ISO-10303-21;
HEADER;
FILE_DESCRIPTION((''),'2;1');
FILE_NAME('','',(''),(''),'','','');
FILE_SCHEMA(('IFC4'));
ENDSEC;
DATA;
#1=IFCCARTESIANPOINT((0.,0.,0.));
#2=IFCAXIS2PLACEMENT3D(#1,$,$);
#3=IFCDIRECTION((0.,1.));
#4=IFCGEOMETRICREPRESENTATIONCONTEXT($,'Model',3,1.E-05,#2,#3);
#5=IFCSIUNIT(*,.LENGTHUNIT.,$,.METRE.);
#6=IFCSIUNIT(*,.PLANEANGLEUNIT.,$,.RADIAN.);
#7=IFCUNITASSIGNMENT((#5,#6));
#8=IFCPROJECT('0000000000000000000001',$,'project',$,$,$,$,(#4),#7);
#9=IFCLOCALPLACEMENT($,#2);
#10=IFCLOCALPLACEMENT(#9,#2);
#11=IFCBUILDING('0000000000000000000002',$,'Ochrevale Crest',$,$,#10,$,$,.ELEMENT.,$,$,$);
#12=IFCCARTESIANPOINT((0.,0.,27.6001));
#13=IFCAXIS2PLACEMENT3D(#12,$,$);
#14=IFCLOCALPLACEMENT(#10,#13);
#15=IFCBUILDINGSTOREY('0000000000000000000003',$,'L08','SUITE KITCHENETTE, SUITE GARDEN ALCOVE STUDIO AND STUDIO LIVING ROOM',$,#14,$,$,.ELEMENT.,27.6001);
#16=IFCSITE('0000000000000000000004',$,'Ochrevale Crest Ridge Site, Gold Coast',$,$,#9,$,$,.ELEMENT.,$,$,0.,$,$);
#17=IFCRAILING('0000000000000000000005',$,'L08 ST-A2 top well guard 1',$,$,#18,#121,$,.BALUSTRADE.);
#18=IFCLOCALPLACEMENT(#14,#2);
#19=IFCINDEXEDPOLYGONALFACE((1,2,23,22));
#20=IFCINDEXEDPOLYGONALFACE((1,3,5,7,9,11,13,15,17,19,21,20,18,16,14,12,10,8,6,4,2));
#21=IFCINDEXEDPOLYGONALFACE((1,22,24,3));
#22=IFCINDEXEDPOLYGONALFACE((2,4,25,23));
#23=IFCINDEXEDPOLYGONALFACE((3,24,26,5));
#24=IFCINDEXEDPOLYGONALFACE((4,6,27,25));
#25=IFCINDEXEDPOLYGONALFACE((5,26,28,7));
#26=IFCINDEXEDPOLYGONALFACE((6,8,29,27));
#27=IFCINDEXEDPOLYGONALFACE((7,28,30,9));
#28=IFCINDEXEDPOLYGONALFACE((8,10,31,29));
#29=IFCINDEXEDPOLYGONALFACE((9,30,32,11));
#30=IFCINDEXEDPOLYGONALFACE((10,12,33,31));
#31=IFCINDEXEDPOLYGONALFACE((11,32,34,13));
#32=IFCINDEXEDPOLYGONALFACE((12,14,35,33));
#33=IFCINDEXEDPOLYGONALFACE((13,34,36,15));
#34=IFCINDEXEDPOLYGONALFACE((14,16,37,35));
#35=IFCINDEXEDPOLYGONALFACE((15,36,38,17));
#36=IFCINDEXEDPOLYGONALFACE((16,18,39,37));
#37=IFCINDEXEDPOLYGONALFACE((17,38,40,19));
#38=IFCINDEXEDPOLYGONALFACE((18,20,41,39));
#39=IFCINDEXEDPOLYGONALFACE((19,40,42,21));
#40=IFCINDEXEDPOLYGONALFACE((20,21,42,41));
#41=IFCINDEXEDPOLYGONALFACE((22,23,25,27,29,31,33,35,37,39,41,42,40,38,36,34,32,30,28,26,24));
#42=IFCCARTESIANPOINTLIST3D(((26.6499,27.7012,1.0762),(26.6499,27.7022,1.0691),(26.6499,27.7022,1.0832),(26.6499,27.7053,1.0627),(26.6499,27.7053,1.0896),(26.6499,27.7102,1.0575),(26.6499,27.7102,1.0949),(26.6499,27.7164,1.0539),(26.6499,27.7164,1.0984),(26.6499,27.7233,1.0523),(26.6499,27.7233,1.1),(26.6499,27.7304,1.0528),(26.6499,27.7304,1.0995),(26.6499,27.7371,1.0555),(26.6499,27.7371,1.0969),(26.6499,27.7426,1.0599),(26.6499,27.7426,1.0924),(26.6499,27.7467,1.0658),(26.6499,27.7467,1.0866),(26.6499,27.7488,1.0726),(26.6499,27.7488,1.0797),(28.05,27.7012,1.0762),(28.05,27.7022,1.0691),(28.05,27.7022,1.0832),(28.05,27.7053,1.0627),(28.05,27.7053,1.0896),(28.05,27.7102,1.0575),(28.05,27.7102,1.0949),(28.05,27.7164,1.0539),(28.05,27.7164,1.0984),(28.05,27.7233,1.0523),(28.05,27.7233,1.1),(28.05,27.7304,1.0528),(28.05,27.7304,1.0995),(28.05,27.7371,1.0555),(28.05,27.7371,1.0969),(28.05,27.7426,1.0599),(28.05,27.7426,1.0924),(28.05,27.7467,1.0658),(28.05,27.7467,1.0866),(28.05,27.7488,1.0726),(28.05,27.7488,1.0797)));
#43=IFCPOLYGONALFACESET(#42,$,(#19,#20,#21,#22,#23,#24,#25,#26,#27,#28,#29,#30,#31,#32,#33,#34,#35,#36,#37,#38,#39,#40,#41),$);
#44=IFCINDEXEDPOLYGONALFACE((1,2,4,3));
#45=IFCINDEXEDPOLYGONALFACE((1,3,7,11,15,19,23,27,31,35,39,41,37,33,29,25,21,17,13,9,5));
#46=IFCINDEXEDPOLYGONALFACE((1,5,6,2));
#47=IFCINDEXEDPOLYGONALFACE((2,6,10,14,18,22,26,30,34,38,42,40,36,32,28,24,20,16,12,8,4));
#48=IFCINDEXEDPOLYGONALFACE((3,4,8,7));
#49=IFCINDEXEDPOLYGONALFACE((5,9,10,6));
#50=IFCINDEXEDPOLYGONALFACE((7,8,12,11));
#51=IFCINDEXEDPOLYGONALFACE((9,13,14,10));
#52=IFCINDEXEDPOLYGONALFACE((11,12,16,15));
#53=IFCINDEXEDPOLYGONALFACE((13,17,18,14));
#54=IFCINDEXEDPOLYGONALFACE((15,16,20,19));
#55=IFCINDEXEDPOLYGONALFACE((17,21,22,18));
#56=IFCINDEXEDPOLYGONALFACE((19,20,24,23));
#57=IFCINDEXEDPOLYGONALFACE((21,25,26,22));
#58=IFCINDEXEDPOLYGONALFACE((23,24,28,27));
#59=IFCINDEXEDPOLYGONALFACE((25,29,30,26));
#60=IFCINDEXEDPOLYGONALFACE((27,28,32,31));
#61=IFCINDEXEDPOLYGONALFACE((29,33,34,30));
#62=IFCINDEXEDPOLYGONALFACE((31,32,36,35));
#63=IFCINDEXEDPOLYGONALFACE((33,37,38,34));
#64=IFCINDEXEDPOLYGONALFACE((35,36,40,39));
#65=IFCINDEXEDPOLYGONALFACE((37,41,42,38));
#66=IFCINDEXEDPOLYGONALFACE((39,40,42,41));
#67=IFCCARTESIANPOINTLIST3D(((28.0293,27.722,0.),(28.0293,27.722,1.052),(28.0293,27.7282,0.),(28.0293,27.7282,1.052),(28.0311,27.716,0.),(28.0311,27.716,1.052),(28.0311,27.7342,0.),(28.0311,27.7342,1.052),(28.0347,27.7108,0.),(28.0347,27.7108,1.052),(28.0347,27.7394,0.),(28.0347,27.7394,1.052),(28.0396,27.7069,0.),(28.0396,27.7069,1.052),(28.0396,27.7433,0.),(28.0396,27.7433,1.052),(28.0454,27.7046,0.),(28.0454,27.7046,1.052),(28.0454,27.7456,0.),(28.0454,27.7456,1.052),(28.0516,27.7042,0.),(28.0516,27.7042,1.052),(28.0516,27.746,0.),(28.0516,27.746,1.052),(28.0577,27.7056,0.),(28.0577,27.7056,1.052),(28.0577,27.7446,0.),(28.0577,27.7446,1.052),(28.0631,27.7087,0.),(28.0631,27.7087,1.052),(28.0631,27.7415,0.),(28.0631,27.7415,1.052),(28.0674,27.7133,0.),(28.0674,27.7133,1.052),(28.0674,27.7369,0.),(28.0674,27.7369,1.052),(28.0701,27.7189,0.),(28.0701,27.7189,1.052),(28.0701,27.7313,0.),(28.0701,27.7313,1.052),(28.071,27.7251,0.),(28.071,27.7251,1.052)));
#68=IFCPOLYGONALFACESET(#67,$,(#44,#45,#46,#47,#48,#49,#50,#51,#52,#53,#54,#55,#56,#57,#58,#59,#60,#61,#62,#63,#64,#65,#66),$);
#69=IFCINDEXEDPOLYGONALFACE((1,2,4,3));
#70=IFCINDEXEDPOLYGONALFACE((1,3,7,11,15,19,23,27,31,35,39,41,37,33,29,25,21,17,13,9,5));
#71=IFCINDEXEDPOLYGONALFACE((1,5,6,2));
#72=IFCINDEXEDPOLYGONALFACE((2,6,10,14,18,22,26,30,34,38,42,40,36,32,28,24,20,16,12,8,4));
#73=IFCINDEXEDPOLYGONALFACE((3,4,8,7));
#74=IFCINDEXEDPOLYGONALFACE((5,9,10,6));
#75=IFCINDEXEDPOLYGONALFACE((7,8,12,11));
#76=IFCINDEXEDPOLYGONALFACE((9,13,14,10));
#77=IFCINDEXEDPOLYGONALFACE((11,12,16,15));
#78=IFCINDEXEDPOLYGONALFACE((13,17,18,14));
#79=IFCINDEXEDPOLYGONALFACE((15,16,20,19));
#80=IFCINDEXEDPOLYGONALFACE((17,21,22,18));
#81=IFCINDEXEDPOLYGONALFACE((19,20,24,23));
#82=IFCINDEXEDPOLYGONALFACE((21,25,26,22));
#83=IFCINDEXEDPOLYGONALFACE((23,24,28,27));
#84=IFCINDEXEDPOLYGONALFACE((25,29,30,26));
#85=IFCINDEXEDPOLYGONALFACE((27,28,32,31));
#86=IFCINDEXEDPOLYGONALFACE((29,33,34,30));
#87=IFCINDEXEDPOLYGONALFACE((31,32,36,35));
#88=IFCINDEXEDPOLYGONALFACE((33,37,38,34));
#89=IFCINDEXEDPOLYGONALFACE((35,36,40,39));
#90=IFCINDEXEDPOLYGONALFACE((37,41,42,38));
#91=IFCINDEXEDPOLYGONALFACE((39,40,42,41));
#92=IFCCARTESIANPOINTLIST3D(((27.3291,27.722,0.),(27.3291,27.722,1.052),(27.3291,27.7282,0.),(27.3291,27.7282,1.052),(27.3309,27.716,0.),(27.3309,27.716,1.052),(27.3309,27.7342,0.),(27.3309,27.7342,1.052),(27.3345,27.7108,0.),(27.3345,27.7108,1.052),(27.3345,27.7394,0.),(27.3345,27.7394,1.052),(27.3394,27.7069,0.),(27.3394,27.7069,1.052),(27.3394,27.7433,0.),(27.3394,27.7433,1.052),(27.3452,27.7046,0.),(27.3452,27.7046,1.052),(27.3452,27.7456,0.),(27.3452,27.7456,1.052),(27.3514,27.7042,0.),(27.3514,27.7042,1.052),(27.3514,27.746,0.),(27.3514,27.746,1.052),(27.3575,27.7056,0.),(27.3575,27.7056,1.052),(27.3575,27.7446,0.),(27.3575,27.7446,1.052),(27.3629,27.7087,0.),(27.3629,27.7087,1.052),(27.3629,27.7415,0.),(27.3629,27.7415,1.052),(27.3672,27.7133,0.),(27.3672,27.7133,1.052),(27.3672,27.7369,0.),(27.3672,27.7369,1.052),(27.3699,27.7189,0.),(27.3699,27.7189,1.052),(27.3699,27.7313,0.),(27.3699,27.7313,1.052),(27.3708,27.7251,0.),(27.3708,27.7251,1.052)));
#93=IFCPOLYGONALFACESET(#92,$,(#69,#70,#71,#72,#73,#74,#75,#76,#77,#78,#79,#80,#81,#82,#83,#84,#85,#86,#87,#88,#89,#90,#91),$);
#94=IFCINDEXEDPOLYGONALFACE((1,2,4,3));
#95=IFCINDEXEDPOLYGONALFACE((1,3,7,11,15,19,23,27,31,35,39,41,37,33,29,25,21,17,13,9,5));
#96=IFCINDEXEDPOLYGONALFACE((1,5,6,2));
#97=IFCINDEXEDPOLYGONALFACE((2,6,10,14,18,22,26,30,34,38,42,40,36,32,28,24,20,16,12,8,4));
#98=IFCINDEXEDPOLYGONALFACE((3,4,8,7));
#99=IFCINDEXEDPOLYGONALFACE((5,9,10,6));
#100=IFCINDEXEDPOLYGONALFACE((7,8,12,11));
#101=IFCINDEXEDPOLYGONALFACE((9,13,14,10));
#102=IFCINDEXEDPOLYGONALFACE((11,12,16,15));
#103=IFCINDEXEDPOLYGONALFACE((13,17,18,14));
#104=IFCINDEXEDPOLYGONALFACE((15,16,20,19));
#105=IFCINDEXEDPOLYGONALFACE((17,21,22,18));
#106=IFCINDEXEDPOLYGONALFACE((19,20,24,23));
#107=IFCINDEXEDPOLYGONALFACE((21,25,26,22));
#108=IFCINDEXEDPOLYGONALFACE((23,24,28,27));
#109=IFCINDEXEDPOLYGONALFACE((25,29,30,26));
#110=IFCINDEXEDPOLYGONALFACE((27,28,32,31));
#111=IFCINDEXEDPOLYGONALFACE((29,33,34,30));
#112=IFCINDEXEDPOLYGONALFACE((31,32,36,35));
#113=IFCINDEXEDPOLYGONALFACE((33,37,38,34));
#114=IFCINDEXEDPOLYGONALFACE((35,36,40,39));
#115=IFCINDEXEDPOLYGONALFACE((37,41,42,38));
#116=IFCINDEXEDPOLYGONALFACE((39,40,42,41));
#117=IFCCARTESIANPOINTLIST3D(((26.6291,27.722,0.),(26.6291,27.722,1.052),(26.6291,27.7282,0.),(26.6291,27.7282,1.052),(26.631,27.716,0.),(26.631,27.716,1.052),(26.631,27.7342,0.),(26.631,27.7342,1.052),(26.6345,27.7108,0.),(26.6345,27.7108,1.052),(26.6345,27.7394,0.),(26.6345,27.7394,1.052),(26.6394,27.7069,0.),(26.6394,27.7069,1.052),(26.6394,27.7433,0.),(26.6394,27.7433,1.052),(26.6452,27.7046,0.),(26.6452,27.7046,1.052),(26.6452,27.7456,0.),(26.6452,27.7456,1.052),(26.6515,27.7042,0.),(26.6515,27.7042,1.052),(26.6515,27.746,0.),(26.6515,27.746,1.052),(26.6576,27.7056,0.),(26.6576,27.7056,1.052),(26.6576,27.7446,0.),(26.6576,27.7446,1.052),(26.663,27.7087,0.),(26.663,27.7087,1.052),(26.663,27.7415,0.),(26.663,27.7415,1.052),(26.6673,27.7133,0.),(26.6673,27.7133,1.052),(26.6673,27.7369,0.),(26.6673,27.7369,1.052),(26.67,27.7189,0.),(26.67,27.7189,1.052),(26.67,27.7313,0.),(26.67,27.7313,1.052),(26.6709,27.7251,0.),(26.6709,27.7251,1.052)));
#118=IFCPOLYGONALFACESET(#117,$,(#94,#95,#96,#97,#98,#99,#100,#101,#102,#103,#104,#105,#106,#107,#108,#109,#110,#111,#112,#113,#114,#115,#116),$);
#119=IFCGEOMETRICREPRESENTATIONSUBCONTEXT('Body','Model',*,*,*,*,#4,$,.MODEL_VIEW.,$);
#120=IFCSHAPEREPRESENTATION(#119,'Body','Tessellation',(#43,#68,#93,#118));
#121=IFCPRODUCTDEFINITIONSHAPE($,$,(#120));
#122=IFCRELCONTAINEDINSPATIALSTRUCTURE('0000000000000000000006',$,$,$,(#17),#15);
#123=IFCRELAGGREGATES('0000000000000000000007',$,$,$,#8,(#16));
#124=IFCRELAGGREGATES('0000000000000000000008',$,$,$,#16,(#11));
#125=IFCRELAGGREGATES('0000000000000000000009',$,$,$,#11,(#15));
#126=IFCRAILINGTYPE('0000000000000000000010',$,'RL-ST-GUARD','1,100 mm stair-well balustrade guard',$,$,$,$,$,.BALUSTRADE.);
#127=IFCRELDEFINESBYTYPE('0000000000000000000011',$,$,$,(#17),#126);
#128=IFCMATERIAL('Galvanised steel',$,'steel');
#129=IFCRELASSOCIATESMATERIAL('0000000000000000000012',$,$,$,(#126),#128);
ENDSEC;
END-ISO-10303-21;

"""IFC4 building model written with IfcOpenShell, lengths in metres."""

from ifc_helpers import new_model, si_unit, direction, frame, origin, origin_2d, place, context, subcontext, project, spatial, circle, extrude, material, type_object, element, save


model = new_model("IFC4")

# Units and contexts
model_context = context("Model", 3, precision=1e-05, world=origin(), true_north=direction((0.0, 1.0)))
body_context = subcontext(model_context, "Body", "Model", "MODEL_VIEW")
ifc_project = project(units=[si_unit("LENGTHUNIT", "METRE"), si_unit("PLANEANGLEUNIT", "RADIAN")], contexts=[model_context])

# Site, building, storey
site_placement = place(None, origin())
site = spatial("IfcSite", under=ifc_project, at=site_placement, Name="Ochrevale Crest Ridge Site, Gold Coast", CompositionType="ELEMENT", RefElevation=0.0)
building_placement = place(site_placement, origin())
building = spatial("IfcBuilding", under=site, at=building_placement, Name="Ochrevale Crest", CompositionType="ELEMENT")
storey_placement = place(building_placement, frame((0.0, 0.0, 27.6001)))
storey = spatial("IfcBuildingStorey", under=building, at=storey_placement, Name="L08", Description="SUITE KITCHENETTE, SUITE GARDEN ALCOVE STUDIO AND STUDIO LIVING ROOM", CompositionType="ELEMENT", Elevation=27.6001)

# Railing
ifc_material_1 = material(Name="Galvanised steel", Category="steel")
railing_type = type_object("IfcRailingType", Name="RL-ST-GUARD", Description="1,100 mm stair-well balustrade guard", PredefinedType="BALUSTRADE", material=ifc_material_1)
railing_placement = place(storey_placement, frame((28.05, 27.7251, 0.0)))
element("IfcRailing", 1, at=railing_placement, inside=storey, type_object=railing_type, Name="L08 ST-A2 top well guard 1", PredefinedType="BALUSTRADE", context=body_context, shape_type="SweptSolid", body=[
    extrude(circle(Radius=0.0239, at=origin_2d()), frame((0.0, 0.0, 1.0762), z_axis=(-1.0, 0.0, 0.0), x_axis=(0.0, -1.0, 0.0)), (0.0, 0.0, 1.0), 1.4001),
    extrude(circle(Radius=0.021, at=origin_2d()), origin(), (0.0, 0.0, 1.0), 1.052),
    extrude(circle(Radius=0.021, at=origin_2d()), frame((-0.7002, 0.0, 0.0)), (0.0, 0.0, 1.0), 1.052),
    extrude(circle(Radius=0.021, at=origin_2d()), frame((-1.4001, 0.0, 0.0)), (0.0, 0.0, 1.0), 1.052),
])

save(model, "model.ifc")
